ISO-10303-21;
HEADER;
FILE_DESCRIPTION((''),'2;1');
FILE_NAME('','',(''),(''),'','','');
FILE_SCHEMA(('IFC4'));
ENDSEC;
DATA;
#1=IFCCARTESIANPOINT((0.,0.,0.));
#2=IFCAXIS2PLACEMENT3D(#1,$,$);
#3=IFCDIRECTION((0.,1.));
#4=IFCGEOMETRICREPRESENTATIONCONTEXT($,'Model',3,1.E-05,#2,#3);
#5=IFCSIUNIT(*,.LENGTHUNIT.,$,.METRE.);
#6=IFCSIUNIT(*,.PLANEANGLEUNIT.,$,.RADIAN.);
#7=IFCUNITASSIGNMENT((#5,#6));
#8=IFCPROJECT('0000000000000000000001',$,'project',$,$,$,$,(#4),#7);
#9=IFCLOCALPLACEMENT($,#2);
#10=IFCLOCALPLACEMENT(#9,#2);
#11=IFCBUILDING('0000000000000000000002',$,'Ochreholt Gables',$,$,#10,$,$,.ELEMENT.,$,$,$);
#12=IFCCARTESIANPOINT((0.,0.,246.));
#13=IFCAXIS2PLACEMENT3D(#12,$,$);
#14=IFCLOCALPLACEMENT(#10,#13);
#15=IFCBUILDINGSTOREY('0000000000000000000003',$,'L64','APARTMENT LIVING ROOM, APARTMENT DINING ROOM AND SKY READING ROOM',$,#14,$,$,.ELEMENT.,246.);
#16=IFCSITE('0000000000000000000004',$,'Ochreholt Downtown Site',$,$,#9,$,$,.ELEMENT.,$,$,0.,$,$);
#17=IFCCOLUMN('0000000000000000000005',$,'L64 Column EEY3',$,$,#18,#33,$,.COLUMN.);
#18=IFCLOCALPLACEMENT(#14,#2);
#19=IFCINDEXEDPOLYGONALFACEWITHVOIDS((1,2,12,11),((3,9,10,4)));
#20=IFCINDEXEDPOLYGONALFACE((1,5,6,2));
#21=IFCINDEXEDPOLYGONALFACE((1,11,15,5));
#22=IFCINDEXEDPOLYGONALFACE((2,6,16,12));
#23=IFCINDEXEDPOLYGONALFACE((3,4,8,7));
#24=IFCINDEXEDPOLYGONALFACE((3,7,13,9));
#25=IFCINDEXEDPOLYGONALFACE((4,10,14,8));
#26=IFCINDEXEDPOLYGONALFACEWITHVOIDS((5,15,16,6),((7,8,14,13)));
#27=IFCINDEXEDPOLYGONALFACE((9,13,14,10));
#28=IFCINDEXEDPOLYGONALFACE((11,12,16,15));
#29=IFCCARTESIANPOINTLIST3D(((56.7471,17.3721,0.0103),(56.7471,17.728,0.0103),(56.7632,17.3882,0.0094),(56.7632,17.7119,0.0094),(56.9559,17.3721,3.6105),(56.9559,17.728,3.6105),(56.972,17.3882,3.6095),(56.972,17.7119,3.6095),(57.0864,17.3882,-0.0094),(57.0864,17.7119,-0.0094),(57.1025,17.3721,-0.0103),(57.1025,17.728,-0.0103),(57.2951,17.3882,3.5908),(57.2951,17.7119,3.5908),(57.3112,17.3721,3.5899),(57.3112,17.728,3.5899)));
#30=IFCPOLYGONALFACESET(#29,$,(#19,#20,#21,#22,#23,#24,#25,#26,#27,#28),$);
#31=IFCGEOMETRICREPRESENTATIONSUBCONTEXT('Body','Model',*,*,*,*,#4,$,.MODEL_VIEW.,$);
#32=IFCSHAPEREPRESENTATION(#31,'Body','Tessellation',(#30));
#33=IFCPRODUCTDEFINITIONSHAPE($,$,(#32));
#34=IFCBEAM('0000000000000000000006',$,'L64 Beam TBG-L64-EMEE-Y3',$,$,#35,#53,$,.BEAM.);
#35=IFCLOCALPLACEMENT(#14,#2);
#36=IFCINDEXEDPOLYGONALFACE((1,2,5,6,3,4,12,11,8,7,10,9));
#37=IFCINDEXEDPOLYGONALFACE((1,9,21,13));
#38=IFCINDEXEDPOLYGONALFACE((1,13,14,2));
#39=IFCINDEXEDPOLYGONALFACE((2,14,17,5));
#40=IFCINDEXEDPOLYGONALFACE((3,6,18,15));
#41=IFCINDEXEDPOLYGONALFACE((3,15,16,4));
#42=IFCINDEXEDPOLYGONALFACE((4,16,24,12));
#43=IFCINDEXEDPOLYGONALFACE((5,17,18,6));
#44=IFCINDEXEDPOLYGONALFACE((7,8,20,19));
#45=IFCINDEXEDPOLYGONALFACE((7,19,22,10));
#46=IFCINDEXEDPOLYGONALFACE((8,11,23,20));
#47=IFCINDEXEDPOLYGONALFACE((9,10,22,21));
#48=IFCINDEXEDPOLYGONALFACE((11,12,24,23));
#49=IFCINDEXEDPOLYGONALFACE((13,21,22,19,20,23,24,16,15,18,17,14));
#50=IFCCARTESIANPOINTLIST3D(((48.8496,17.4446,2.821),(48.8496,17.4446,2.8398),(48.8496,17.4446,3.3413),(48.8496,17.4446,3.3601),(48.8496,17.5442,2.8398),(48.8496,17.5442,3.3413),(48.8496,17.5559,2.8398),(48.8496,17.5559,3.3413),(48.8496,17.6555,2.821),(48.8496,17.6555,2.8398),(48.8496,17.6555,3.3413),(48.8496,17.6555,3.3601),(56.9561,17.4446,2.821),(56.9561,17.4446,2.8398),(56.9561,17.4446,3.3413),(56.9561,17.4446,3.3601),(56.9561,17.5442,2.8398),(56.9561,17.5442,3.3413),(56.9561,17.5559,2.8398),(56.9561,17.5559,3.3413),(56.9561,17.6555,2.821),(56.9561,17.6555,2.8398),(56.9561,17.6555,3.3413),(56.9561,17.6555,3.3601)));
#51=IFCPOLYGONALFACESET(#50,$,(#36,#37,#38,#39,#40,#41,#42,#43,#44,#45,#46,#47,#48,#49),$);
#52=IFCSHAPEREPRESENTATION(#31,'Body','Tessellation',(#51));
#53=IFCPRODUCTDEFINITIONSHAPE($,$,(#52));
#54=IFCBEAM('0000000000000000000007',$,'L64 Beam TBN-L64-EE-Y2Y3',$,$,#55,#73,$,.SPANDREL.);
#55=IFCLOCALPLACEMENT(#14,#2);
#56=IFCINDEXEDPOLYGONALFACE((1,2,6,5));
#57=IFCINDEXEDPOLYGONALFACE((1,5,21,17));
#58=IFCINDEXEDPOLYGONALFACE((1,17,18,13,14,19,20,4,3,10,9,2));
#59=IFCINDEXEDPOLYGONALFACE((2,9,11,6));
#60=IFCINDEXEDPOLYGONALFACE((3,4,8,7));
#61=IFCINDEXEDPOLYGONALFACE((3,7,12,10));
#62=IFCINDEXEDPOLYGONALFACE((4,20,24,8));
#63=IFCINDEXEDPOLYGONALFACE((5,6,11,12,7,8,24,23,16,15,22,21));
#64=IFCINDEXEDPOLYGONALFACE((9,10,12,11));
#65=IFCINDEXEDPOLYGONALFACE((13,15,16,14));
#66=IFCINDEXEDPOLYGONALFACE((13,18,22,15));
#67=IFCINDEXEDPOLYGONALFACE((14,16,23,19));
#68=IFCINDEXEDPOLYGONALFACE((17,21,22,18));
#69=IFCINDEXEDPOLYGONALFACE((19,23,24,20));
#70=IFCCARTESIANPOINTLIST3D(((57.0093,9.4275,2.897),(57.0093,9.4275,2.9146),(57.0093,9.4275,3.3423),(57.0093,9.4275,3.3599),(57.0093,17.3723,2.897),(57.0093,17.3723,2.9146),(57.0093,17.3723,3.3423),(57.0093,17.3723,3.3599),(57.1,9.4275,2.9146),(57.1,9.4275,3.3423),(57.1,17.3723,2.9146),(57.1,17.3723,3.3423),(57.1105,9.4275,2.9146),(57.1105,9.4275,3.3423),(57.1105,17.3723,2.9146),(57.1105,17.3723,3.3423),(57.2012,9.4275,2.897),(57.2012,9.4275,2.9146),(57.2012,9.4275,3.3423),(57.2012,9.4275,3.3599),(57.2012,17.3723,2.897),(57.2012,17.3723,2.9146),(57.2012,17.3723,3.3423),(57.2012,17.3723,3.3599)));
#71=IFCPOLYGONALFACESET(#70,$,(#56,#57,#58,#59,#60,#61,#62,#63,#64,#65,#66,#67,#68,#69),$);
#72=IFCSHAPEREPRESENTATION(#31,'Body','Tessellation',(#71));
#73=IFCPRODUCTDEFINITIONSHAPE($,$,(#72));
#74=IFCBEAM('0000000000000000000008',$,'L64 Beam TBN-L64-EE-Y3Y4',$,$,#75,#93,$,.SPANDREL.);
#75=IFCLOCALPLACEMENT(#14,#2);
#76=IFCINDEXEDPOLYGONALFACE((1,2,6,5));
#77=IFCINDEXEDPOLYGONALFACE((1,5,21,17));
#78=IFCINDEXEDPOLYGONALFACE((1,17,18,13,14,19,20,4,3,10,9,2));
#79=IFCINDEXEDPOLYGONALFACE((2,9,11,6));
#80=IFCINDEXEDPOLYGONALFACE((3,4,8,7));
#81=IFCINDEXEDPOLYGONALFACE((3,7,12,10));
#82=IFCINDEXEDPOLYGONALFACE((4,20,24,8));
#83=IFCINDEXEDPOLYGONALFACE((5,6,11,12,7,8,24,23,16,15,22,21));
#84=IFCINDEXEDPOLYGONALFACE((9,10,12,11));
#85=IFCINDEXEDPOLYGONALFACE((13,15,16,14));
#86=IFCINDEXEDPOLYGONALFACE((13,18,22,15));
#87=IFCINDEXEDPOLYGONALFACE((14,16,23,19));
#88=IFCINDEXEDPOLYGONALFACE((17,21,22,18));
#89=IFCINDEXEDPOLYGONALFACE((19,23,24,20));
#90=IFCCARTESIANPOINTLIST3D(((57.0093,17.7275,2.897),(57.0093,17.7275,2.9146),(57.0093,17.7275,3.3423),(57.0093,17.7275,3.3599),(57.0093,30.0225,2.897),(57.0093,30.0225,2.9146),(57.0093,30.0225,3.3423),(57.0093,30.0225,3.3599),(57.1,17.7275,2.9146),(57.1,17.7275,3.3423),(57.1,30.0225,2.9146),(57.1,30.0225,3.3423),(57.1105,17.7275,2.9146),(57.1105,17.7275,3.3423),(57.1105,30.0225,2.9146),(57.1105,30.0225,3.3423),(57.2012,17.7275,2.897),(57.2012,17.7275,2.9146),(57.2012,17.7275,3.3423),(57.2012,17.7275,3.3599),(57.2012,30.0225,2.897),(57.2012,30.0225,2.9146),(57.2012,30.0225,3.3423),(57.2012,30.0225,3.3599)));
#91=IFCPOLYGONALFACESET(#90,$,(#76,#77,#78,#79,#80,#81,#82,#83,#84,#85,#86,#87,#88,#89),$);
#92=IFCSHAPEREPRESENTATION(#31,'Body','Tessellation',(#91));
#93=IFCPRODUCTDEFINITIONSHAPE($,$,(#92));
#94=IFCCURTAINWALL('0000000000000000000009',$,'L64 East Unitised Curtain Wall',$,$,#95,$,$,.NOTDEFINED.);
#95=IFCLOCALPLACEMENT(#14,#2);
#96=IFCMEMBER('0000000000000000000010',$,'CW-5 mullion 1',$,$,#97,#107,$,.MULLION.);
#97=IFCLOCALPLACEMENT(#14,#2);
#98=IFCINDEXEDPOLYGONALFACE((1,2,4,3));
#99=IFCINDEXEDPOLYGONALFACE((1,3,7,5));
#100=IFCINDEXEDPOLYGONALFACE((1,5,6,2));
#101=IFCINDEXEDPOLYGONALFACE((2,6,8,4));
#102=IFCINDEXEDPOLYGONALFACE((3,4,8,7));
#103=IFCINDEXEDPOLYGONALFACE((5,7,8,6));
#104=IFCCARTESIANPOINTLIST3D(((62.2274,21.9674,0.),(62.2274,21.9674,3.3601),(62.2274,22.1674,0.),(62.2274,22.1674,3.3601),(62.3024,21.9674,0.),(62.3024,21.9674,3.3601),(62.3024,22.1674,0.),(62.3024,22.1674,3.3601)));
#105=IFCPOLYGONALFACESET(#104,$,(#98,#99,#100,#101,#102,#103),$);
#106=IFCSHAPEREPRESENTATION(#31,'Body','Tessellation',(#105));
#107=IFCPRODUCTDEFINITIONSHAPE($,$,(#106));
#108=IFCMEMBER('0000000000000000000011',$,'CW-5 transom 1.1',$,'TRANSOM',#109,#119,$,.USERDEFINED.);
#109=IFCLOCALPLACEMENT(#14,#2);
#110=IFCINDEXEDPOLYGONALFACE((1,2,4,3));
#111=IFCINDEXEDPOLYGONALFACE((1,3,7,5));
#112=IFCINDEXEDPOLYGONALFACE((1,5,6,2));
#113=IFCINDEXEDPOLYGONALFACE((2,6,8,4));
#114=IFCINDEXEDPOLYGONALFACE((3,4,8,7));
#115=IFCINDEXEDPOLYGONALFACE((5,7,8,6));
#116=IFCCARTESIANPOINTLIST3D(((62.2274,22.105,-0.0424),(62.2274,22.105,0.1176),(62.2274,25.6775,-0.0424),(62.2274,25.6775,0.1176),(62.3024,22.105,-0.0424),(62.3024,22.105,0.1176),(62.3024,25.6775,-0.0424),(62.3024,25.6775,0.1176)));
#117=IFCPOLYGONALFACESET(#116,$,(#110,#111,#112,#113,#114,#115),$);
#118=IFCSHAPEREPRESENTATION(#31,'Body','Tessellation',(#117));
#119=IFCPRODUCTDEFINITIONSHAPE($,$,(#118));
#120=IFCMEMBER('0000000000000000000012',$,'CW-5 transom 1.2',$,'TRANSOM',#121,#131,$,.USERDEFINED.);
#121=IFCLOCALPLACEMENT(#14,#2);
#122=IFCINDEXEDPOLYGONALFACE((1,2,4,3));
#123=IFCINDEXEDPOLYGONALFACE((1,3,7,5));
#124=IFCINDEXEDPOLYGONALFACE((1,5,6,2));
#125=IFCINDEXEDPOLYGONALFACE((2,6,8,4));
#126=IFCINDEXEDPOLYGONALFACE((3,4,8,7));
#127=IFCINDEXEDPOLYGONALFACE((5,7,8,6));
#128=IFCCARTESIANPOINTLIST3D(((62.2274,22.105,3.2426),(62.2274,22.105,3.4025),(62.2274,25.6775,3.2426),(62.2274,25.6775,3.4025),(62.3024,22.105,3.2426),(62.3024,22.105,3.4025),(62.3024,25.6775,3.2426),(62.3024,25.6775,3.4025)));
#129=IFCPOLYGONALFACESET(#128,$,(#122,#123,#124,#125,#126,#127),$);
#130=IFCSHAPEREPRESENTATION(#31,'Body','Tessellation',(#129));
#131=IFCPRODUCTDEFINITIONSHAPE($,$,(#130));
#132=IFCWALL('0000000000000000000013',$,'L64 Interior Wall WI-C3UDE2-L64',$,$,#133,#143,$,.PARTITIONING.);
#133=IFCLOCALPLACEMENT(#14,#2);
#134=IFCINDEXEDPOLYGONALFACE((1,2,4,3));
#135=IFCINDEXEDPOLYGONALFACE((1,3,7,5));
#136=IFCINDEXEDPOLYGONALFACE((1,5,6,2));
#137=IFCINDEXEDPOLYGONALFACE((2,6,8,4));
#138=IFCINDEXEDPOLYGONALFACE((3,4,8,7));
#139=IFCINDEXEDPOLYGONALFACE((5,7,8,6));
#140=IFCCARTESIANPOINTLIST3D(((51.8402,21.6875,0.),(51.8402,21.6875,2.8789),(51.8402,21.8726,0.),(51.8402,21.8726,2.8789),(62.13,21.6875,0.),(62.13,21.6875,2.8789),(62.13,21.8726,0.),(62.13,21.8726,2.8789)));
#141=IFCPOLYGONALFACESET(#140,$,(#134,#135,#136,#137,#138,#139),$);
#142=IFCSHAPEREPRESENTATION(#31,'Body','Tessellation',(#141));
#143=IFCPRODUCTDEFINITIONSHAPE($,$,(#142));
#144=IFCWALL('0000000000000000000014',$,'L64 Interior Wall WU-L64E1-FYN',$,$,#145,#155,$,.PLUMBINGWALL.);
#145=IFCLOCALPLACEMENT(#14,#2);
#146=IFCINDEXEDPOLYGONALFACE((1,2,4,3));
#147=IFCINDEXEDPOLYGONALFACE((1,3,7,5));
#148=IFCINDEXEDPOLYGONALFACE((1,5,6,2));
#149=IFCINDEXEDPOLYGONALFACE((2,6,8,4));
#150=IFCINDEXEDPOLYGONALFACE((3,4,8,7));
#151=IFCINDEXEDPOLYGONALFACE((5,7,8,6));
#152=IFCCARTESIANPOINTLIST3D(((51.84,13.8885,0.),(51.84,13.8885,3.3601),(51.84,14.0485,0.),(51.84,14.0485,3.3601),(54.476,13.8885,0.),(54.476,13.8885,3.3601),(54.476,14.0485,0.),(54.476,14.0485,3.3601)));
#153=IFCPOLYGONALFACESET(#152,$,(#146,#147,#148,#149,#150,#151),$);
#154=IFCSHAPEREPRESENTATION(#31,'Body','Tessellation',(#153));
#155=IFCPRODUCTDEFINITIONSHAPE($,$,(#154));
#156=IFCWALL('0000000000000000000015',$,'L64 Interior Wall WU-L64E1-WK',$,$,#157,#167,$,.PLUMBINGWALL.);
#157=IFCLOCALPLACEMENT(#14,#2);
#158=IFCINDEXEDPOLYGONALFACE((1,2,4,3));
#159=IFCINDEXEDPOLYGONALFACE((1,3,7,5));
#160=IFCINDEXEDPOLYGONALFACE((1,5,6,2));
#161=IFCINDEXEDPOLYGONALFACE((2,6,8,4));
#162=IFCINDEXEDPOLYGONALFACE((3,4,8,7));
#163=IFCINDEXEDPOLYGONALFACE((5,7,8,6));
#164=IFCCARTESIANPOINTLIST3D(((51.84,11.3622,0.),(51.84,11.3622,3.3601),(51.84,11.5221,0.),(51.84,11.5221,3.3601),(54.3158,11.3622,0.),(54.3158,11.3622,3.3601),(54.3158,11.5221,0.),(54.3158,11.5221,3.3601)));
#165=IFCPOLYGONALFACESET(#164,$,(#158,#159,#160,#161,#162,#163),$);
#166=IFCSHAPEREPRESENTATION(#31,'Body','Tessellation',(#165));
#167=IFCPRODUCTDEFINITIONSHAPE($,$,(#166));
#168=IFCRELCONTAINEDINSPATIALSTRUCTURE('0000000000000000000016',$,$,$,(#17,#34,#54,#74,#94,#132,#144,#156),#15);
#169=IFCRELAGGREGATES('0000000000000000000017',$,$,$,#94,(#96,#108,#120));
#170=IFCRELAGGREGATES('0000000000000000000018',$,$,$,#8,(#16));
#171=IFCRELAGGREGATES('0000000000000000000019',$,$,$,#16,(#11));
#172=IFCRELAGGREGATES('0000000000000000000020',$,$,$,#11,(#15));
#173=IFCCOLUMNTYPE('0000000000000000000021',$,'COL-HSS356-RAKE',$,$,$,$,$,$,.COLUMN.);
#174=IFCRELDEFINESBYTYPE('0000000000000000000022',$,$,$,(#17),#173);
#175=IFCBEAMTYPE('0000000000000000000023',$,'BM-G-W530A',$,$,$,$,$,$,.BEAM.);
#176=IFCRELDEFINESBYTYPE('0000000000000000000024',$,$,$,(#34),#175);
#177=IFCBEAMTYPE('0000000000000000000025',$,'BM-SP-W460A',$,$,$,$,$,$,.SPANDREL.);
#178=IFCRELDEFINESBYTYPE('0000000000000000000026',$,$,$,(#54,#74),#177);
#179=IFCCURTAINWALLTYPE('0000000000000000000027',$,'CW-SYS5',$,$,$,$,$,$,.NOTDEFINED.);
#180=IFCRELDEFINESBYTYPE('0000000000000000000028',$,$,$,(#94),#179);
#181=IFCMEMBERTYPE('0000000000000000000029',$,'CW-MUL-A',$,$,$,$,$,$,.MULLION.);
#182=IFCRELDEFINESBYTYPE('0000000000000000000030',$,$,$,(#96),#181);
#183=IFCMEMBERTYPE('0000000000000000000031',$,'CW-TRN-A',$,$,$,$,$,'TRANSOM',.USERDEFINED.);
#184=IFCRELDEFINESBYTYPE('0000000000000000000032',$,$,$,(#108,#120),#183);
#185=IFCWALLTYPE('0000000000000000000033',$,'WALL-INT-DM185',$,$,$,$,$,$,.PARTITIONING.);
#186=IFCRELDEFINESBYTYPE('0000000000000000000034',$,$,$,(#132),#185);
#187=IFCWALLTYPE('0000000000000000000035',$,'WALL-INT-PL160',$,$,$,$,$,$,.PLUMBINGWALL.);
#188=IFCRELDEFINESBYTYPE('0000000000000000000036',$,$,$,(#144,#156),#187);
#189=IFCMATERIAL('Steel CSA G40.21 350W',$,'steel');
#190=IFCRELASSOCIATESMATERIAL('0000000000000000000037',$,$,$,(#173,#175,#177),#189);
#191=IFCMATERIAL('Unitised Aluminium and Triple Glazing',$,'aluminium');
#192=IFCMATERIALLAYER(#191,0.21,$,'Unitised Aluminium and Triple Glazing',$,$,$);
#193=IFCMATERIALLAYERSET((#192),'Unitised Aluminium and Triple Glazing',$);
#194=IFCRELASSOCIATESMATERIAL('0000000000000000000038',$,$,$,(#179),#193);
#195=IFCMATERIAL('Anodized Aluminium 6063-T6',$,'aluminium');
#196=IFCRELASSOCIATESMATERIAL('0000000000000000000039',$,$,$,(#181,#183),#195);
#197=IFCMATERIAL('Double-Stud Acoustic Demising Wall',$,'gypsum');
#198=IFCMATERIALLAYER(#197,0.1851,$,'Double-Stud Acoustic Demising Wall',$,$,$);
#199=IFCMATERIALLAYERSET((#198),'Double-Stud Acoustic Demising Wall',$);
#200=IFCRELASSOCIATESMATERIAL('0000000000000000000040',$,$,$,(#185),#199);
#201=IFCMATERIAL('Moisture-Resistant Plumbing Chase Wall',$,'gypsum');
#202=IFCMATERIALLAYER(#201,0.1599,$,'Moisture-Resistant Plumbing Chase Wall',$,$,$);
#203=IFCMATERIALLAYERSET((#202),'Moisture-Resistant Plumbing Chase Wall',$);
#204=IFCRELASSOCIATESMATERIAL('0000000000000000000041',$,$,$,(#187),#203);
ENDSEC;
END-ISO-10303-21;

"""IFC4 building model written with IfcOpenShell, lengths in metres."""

from ifc_helpers import new_model, si_unit, direction, frame, frame_2d, origin, origin_2d, place, context, subcontext, project, spatial, rectangle, hollow_rectangle, i_section, extrude, material, layer, layer_set, material_profile, profile_set, type_object, element, aggregate, save


model = new_model("IFC4")

# Units and contexts
model_context = context("Model", 3, precision=1e-05, world=origin(), true_north=direction((0.0, 1.0)))
body_context = subcontext(model_context, "Body", "Model", "MODEL_VIEW")
ifc_project = project(units=[si_unit("LENGTHUNIT", "METRE"), si_unit("PLANEANGLEUNIT", "RADIAN")], contexts=[model_context])

# Site, building, storey
site_placement = place(None, origin())
site = spatial("IfcSite", under=ifc_project, at=site_placement, Name="Ochreholt Downtown Site", CompositionType="ELEMENT", RefElevation=0.0)
building_placement = place(site_placement, origin())
building = spatial("IfcBuilding", under=site, at=building_placement, Name="Ochreholt Gables", CompositionType="ELEMENT")
storey_placement = place(building_placement, frame((0.0, 0.0, 246.0)))
storey = spatial("IfcBuildingStorey", under=building, at=storey_placement, Name="L64", Description="APARTMENT LIVING ROOM, APARTMENT DINING ROOM AND SKY READING ROOM", CompositionType="ELEMENT", Elevation=246.0)

# Column
ifc_material_1 = material(Name="Steel CSA G40.21 350W", Category="steel")
ifc_material_profile_1 = material_profile(ifc_material_1, hollow_rectangle(XDim=0.356, YDim=0.356, WallThickness=0.0161, at=origin_2d()), Name="HSS356X356X16")
ifc_profile_set_1 = profile_set([ifc_material_profile_1], Name="Steel CSA G40.21 350W")
column_type = type_object("IfcColumnType", Name="COL-HSS356-RAKE", PredefinedType="COLUMN", material=ifc_profile_set_1)
column_placement = place(storey_placement, frame((56.9248, 17.55, 0.0), z_axis=(0.057885, 0.0, 0.998323), x_axis=(0.0, 1.0, 0.0)))
element("IfcColumn", 1, at=column_placement, inside=storey, type_object=column_type, Name="L64 Column EEY3", PredefinedType="COLUMN", context=body_context, shape_type="SweptSolid", body=[
    extrude(hollow_rectangle(XDim=0.356, YDim=0.356, WallThickness=0.0161, at=origin_2d()), origin(), (0.0, 0.0, 1.0), 3.6062),
])

# Beams
ifc_material_profile_2 = material_profile(ifc_material_1, i_section(OverallWidth=0.2109, OverallDepth=0.5391, WebThickness=0.0117, FlangeThickness=0.0188, at=origin_2d()), Name="W530X109")
ifc_profile_set_2 = profile_set([ifc_material_profile_2], Name="Steel CSA G40.21 350W")
beam_type_1 = type_object("IfcBeamType", Name="BM-G-W530A", PredefinedType="BEAM", material=ifc_profile_set_2)
beam_1_placement = place(storey_placement, frame((48.8496, 17.55, 3.0906), z_axis=(1.0, 0.0, 0.0), x_axis=(0.0, 1.0, 0.0)))
element("IfcBeam", 2, at=beam_1_placement, inside=storey, type_object=beam_type_1, Name="L64 Beam TBG-L64-EMEE-Y3", PredefinedType="BEAM", context=body_context, shape_type="SweptSolid", body=[
    extrude(i_section(OverallWidth=0.2109, OverallDepth=0.5391, WebThickness=0.0117, FlangeThickness=0.0188, at=origin_2d()), origin(), (0.0, 0.0, 1.0), 8.1064),
])
ifc_material_profile_3 = material_profile(ifc_material_1, i_section(OverallWidth=0.1919, OverallDepth=0.4629, WebThickness=0.0105, FlangeThickness=0.0176, at=origin_2d()), Name="W460X89")
ifc_profile_set_3 = profile_set([ifc_material_profile_3], Name="Steel CSA G40.21 350W")
beam_type_2 = type_object("IfcBeamType", Name="BM-SP-W460A", PredefinedType="SPANDREL", material=ifc_profile_set_3)
beam_2_placement = place(storey_placement, frame((57.1052, 9.4275, 3.1284), z_axis=(0.0, 1.0, 0.0), x_axis=(-1.0, 0.0, 0.0)))
element("IfcBeam", 3, at=beam_2_placement, inside=storey, type_object=beam_type_2, Name="L64 Beam TBN-L64-EE-Y2Y3", PredefinedType="SPANDREL", context=body_context, shape_type="SweptSolid", body=[
    extrude(i_section(OverallWidth=0.1919, OverallDepth=0.4629, WebThickness=0.0105, FlangeThickness=0.0176, at=origin_2d()), origin(), (0.0, 0.0, 1.0), 7.9448),
])
beam_3_placement = place(storey_placement, frame((57.1052, 17.7275, 3.1284), z_axis=(0.0, 1.0, 0.0), x_axis=(-1.0, 0.0, 0.0)))
element("IfcBeam", 4, at=beam_3_placement, inside=storey, type_object=beam_type_2, Name="L64 Beam TBN-L64-EE-Y3Y4", PredefinedType="SPANDREL", context=body_context, shape_type="SweptSolid", body=[
    extrude(i_section(OverallWidth=0.1919, OverallDepth=0.4629, WebThickness=0.0105, FlangeThickness=0.0176, at=origin_2d()), origin(), (0.0, 0.0, 1.0), 12.2949),
])

# Curtain wall, members
ifc_material_2 = material(Name="Unitised Aluminium and Triple Glazing", Category="aluminium")
ifc_layer_1 = layer(ifc_material_2, 0.21, Name="Unitised Aluminium and Triple Glazing")
ifc_layer_set_1 = layer_set([ifc_layer_1], Name="Unitised Aluminium and Triple Glazing")
curtain_wall_type = type_object("IfcCurtainWallType", Name="CW-SYS5", PredefinedType="NOTDEFINED", material=ifc_layer_set_1)
curtain_wall_placement = place(storey_placement, origin())
curtain_wall = element("IfcCurtainWall", 5, at=curtain_wall_placement, inside=storey, type_object=curtain_wall_type, Name="L64 East Unitised Curtain Wall", PredefinedType="NOTDEFINED")
ifc_material_3 = material(Name="Anodized Aluminium 6063-T6", Category="aluminium")
ifc_material_profile_4 = material_profile(ifc_material_3, rectangle(XDim=0.075, YDim=0.2, at=origin_2d()), Name="CWM75X200")
ifc_profile_set_4 = profile_set([ifc_material_profile_4], Name="Anodized Aluminium 6063-T6")
member_type_1 = type_object("IfcMemberType", Name="CW-MUL-A", PredefinedType="MULLION", material=ifc_profile_set_4)
member_1_placement = place(storey_placement, frame((62.2649, 22.0674, 0.0), z_axis=(0.0, 0.0, 1.0), x_axis=(-1.0, 0.0, 0.0)))
member_1 = element("IfcMember", 6, at=member_1_placement, type_object=member_type_1, Name="CW-5 mullion 1", PredefinedType="MULLION", context=body_context, shape_type="SweptSolid", body=[
    extrude(rectangle(XDim=0.075, YDim=0.2, at=origin_2d()), origin(), (0.0, 0.0, 1.0), 3.3601),
])
ifc_material_profile_5 = material_profile(ifc_material_3, rectangle(XDim=0.075, YDim=0.1599, at=origin_2d()), Name="CWT75X160")
ifc_profile_set_5 = profile_set([ifc_material_profile_5], Name="Anodized Aluminium 6063-T6")
member_type_2 = type_object("IfcMemberType", Name="CW-TRN-A", ElementType="TRANSOM", PredefinedType="USERDEFINED", material=ifc_profile_set_5)
member_2_placement = place(storey_placement, frame((62.2649, 22.105, 0.0376), z_axis=(0.0, 1.0, 0.0), x_axis=(-1.0, 0.0, 0.0)))
member_2 = element("IfcMember", 7, at=member_2_placement, type_object=member_type_2, Name="CW-5 transom 1.1", ObjectType="TRANSOM", PredefinedType="USERDEFINED", context=body_context, shape_type="SweptSolid", body=[
    extrude(rectangle(XDim=0.075, YDim=0.1599, at=origin_2d()), origin(), (0.0, 0.0, 1.0), 3.5725),
])
member_3_placement = place(storey_placement, frame((62.2649, 22.105, 3.3225), z_axis=(0.0, 1.0, 0.0), x_axis=(-1.0, 0.0, 0.0)))
member_3 = element("IfcMember", 8, at=member_3_placement, type_object=member_type_2, Name="CW-5 transom 1.2", ObjectType="TRANSOM", PredefinedType="USERDEFINED", context=body_context, shape_type="SweptSolid", body=[
    extrude(rectangle(XDim=0.075, YDim=0.1599, at=origin_2d()), origin(), (0.0, 0.0, 1.0), 3.5725),
])
aggregate(curtain_wall, [member_1, member_2, member_3])

# Walls
ifc_material_4 = material(Name="Double-Stud Acoustic Demising Wall", Category="gypsum")
ifc_layer_2 = layer(ifc_material_4, 0.1851, Name="Double-Stud Acoustic Demising Wall")
ifc_layer_set_2 = layer_set([ifc_layer_2], Name="Double-Stud Acoustic Demising Wall")
wall_type_1 = type_object("IfcWallType", Name="WALL-INT-DM185", PredefinedType="PARTITIONING", material=ifc_layer_set_2)
wall_1_placement = place(storey_placement, frame((51.8401, 21.78, 0.0), z_axis=(0.0, 0.0, 1.0), x_axis=(1.0, 0.0, 0.0)))
element("IfcWall", 9, at=wall_1_placement, inside=storey, type_object=wall_type_1, Name="L64 Interior Wall WI-C3UDE2-L64", PredefinedType="PARTITIONING", context=body_context, shape_type="SweptSolid", body=[
    extrude(rectangle(XDim=10.2898, YDim=0.1851, at=frame_2d((5.145, 0.0))), origin(), (0.0, 0.0, 1.0), 2.8789),
])
ifc_material_5 = material(Name="Moisture-Resistant Plumbing Chase Wall", Category="gypsum")
ifc_layer_3 = layer(ifc_material_5, 0.1599, Name="Moisture-Resistant Plumbing Chase Wall")
ifc_layer_set_3 = layer_set([ifc_layer_3], Name="Moisture-Resistant Plumbing Chase Wall")
wall_type_2 = type_object("IfcWallType", Name="WALL-INT-PL160", PredefinedType="PLUMBINGWALL", material=ifc_layer_set_3)
wall_2_placement = place(storey_placement, frame((51.8401, 13.9685, 0.0), z_axis=(0.0, 0.0, 1.0), x_axis=(1.0, 0.0, 0.0)))
element("IfcWall", 10, at=wall_2_placement, inside=storey, type_object=wall_type_2, Name="L64 Interior Wall WU-L64E1-FYN", PredefinedType="PLUMBINGWALL", context=body_context, shape_type="SweptSolid", body=[
    extrude(rectangle(XDim=2.636, YDim=0.1599, at=frame_2d((1.3179, 0.0))), origin(), (0.0, 0.0, 1.0), 3.3601),
])
wall_3_placement = place(storey_placement, frame((51.8401, 11.4421, 0.0), z_axis=(0.0, 0.0, 1.0), x_axis=(1.0, 0.0, 0.0)))
element("IfcWall", 11, at=wall_3_placement, inside=storey, type_object=wall_type_2, Name="L64 Interior Wall WU-L64E1-WK", PredefinedType="PLUMBINGWALL", context=body_context, shape_type="SweptSolid", body=[
    extrude(rectangle(XDim=2.4758, YDim=0.1599, at=frame_2d((1.2378, 0.0))), origin(), (0.0, 0.0, 1.0), 3.3601),
])

save(model, "model.ifc")
